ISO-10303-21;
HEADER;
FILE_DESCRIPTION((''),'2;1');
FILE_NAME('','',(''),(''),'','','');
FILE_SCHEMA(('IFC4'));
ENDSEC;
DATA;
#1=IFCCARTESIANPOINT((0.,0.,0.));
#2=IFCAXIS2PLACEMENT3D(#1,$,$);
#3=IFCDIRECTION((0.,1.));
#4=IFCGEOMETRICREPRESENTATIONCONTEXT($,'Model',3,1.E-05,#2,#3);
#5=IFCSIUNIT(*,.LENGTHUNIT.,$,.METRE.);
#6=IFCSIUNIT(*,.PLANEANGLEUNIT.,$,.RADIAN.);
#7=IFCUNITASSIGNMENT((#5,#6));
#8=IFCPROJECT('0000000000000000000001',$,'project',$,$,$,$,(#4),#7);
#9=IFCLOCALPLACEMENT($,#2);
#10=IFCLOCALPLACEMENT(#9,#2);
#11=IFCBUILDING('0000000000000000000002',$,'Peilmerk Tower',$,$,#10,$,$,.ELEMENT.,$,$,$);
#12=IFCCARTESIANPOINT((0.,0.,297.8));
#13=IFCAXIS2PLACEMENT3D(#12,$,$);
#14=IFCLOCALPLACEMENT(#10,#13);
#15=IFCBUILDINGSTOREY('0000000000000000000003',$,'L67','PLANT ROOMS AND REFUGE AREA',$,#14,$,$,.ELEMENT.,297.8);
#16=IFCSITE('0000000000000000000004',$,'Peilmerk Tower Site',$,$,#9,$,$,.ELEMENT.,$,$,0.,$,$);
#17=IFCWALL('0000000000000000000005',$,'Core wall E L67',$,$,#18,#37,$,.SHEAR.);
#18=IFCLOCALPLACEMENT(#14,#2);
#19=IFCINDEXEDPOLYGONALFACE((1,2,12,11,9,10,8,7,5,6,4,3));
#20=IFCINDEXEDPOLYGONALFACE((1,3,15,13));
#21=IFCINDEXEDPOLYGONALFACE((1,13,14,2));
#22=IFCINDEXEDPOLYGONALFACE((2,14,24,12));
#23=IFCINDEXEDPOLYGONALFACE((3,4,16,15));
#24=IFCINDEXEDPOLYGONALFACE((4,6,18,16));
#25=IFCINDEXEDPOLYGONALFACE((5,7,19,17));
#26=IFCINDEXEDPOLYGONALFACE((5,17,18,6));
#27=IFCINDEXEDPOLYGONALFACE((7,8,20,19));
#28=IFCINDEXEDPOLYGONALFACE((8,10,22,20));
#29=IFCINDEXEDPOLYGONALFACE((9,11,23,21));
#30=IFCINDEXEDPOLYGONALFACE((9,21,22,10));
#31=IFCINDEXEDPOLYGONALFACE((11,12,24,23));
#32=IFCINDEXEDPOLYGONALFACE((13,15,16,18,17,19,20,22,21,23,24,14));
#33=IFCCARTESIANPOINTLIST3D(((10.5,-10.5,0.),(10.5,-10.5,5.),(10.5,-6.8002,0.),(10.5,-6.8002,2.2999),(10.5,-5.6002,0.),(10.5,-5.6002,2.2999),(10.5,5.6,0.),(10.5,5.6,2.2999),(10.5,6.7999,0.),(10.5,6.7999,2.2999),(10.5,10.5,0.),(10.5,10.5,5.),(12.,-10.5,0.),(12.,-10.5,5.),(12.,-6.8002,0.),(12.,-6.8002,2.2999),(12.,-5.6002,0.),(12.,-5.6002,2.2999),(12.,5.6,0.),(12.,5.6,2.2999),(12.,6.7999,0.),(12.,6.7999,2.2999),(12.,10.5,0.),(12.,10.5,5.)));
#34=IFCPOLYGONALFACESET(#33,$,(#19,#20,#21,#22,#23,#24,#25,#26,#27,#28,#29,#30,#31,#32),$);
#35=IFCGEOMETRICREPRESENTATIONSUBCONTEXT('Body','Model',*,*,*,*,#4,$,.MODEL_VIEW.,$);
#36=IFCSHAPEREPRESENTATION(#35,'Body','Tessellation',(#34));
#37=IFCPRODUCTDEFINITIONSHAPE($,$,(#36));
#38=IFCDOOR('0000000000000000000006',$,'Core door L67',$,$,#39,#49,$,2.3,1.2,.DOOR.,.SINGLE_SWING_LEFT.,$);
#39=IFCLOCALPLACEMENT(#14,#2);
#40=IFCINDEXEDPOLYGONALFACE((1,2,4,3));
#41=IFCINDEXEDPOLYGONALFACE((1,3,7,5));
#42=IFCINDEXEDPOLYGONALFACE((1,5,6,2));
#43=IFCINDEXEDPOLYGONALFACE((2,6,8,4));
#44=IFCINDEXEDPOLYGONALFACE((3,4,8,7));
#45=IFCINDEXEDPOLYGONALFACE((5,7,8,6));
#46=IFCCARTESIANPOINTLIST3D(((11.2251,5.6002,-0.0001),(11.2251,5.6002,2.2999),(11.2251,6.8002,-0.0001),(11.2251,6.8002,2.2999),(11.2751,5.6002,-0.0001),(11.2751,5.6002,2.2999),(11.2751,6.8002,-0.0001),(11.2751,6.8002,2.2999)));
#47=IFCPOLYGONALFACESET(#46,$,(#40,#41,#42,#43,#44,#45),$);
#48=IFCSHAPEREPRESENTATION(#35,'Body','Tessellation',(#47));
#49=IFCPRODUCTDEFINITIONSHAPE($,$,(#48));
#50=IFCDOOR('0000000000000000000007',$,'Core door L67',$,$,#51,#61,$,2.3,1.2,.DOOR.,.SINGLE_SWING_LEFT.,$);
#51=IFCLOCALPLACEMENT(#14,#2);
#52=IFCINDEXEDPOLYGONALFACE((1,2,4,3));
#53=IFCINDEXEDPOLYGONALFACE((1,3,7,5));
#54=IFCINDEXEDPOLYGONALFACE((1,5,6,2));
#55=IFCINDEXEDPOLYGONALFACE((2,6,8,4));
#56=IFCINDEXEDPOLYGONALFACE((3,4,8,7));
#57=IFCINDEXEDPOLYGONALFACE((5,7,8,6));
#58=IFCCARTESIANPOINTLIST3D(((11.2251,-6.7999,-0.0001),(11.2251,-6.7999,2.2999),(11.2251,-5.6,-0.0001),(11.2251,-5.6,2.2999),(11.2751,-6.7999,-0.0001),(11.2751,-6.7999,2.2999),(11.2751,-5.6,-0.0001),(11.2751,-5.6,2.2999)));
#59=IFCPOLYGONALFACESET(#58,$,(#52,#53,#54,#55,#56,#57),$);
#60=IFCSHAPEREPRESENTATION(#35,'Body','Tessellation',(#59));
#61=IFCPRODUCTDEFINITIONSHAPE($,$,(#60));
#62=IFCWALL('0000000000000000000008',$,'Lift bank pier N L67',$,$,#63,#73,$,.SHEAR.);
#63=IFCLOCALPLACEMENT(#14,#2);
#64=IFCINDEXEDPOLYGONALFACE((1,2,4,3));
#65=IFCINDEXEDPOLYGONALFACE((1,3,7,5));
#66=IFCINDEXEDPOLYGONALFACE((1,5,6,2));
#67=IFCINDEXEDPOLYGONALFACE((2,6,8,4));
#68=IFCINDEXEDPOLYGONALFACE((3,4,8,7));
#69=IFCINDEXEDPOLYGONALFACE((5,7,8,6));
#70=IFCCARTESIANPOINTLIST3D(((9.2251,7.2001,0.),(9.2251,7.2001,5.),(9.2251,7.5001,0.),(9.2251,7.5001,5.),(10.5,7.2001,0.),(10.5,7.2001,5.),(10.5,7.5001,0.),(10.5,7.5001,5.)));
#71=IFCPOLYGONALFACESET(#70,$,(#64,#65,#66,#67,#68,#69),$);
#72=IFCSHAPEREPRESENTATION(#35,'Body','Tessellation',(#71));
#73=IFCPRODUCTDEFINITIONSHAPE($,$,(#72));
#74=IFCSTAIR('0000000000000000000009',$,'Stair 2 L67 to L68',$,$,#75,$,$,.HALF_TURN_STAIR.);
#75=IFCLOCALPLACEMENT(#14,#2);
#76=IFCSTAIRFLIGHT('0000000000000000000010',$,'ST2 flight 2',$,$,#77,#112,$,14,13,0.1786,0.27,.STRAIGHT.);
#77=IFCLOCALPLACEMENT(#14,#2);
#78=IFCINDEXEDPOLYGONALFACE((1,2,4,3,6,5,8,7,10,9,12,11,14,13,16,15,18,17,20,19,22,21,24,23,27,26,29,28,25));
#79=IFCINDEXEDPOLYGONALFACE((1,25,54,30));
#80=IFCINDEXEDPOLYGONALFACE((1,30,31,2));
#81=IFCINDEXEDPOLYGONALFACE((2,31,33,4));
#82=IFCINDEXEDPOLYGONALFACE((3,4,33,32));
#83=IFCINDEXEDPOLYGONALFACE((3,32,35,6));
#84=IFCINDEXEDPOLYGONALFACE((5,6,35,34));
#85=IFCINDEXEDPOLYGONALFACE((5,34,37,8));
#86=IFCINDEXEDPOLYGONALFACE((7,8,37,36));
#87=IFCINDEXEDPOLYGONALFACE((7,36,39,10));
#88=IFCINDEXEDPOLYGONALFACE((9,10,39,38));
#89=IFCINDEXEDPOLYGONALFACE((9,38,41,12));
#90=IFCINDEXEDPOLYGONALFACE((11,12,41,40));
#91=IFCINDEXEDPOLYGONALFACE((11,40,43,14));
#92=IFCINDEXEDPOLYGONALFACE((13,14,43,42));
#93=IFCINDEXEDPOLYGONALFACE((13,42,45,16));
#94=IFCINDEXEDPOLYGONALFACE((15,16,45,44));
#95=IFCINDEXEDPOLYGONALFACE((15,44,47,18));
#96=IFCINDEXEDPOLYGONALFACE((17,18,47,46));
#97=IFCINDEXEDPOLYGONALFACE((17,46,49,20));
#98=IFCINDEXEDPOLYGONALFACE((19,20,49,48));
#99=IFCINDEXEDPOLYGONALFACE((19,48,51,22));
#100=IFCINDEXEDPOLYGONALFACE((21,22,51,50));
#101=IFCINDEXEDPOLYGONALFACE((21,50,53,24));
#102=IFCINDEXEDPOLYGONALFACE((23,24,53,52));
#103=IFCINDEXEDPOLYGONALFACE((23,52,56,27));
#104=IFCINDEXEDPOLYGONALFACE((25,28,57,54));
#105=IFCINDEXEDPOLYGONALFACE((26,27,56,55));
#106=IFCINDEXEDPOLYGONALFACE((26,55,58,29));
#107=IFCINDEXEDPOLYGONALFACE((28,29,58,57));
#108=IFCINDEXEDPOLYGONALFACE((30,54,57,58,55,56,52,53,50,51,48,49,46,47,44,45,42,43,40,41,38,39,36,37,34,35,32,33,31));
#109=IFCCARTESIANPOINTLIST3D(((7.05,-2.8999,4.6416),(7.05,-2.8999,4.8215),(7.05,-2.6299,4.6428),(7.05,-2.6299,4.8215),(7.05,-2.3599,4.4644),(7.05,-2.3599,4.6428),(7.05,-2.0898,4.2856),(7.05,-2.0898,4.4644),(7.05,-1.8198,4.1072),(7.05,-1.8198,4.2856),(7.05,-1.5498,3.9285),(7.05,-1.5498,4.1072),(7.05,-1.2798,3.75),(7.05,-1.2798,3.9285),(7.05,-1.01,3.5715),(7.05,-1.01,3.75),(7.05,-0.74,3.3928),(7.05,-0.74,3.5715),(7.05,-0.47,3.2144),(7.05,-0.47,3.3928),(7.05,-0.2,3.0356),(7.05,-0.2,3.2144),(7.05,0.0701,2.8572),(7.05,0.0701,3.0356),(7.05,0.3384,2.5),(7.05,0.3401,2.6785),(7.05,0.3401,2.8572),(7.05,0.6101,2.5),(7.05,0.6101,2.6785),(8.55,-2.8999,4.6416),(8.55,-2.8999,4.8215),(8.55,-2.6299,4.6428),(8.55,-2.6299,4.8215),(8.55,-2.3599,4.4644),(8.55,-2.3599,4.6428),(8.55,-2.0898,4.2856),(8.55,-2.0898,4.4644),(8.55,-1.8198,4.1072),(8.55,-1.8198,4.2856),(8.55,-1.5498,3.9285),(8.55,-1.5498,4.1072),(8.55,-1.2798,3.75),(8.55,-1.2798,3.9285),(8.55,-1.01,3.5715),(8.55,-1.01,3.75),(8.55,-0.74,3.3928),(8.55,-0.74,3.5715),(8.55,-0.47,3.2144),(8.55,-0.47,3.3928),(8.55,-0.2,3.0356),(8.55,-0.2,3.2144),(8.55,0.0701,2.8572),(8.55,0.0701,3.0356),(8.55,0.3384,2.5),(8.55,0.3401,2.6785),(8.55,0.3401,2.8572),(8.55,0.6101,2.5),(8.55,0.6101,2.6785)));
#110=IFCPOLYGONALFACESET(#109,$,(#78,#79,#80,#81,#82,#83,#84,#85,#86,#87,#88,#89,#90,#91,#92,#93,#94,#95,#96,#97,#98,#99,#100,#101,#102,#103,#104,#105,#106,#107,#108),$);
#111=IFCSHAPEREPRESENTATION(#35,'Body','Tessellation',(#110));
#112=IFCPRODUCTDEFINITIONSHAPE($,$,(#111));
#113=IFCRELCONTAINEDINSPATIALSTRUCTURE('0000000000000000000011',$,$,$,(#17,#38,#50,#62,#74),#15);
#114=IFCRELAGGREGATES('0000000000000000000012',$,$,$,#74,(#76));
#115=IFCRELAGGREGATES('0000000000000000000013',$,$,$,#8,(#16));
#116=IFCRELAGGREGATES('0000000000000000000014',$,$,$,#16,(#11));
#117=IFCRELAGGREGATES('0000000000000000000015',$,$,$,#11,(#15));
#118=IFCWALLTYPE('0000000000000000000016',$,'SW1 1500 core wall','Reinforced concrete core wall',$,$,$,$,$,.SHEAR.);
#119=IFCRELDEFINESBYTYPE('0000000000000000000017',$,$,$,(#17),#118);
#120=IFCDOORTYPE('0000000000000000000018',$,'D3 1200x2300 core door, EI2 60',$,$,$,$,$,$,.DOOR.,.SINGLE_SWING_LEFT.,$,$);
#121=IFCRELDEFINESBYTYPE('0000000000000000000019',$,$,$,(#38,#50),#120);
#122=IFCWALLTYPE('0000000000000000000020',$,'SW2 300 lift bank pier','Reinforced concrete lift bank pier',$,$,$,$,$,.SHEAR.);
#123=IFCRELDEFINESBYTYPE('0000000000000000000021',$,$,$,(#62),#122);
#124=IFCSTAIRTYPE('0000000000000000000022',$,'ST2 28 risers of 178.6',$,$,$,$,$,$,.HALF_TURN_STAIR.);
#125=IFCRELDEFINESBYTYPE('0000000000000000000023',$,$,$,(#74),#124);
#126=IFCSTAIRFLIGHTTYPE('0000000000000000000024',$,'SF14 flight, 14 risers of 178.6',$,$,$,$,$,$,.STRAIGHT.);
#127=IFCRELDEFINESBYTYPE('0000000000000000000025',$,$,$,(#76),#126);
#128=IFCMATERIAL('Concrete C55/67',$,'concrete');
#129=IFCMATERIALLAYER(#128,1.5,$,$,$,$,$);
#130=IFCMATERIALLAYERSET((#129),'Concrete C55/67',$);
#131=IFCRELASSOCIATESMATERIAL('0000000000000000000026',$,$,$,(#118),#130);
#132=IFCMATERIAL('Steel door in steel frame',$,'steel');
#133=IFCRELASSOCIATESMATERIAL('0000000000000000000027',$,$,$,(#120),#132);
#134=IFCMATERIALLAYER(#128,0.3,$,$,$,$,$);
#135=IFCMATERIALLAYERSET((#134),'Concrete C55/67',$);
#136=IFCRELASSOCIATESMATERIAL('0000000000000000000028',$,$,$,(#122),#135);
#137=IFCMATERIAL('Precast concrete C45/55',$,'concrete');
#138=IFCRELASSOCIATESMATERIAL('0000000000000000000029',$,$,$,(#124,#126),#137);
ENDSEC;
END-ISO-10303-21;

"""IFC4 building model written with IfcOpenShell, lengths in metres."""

from ifc_helpers import new_model, si_unit, direction, frame, frame_2d, origin, place, context, subcontext, project, spatial, polyline, rectangle, outline, extrude, material, layer, layer_set, type_object, element, fill, aggregate, save


model = new_model("IFC4")

# Units and contexts
model_context = context("Model", 3, precision=1e-05, world=origin(), true_north=direction((0.0, 1.0)))
body_context = subcontext(model_context, "Body", "Model", "MODEL_VIEW")
ifc_project = project(units=[si_unit("LENGTHUNIT", "METRE"), si_unit("PLANEANGLEUNIT", "RADIAN")], contexts=[model_context])

# Site, building, storey
site_placement = place(None, origin())
site = spatial("IfcSite", under=ifc_project, at=site_placement, Name="Peilmerk Tower Site", CompositionType="ELEMENT", RefElevation=0.0)
building_placement = place(site_placement, origin())
building = spatial("IfcBuilding", under=site, at=building_placement, Name="Peilmerk Tower", CompositionType="ELEMENT")
storey_placement = place(building_placement, frame((0.0, 0.0, 297.8)))
storey = spatial("IfcBuildingStorey", under=building, at=storey_placement, Name="L67", Description="PLANT ROOMS AND REFUGE AREA", CompositionType="ELEMENT", Elevation=297.8)

# Wall, openings, doors
ifc_material_1 = material(Name="Concrete C55/67", Category="concrete")
ifc_layer_1 = layer(ifc_material_1, 1.5)
ifc_layer_set_1 = layer_set([ifc_layer_1], Name="Concrete C55/67")
wall_type_1 = type_object("IfcWallType", Name="SW1 1500 core wall", Description="Reinforced concrete core wall", PredefinedType="SHEAR", material=ifc_layer_set_1)
wall_1_placement = place(storey_placement, frame((11.25, 10.5, 0.0), z_axis=(0.0, 0.0, 1.0), x_axis=(0.0, -1.0, 0.0)))
wall_1 = element("IfcWall", 1, at=wall_1_placement, inside=storey, type_object=wall_type_1, Name="Core wall E L67", PredefinedType="SHEAR", context=body_context, shape_type="SweptSolid", body=[
    extrude(rectangle(XDim=21.0, YDim=1.5, at=frame_2d((10.5, 0.0))), origin(), (0.0, 0.0, 1.0), 5.0),
])
opening_1_placement = place(wall_1_placement, frame((3.7, 0.0, 0.0)))
opening_1 = element("IfcOpeningElement", 2, at=opening_1_placement, cuts=wall_1, PredefinedType="OPENING", context=body_context, shape_type="SweptSolid", body=[
    extrude(rectangle(XDim=1.2, YDim=2.3, at=frame_2d((0.6001, 1.1499))), frame((0.0, 0.76, 0.0), z_axis=(0.0, -1.0, 0.0), x_axis=(1.0, 0.0, 0.0)), (0.0, 0.0, 1.0), 1.52),
])
opening_2_placement = place(wall_1_placement, frame((16.1001, 0.0, 0.0)))
opening_2 = element("IfcOpeningElement", 3, at=opening_2_placement, cuts=wall_1, PredefinedType="OPENING", context=body_context, shape_type="SweptSolid", body=[
    extrude(rectangle(XDim=1.2, YDim=2.3, at=frame_2d((0.6001, 1.1499))), frame((0.0, 0.76, 0.0), z_axis=(0.0, -1.0, 0.0), x_axis=(1.0, 0.0, 0.0)), (0.0, 0.0, 1.0), 1.52),
])
ifc_material_2 = material(Name="Steel door in steel frame", Category="steel")
door_type = type_object("IfcDoorType", Name="D3 1200x2300 core door, EI2 60", OperationType="SINGLE_SWING_LEFT", PredefinedType="DOOR", material=ifc_material_2)
door_1_placement = place(opening_1_placement, frame((1.2, 0.0, 0.0), z_axis=(0.0, 0.0, 1.0), x_axis=(-1.0, 0.0, 0.0)))
door_1 = element("IfcDoor", 4, at=door_1_placement, inside=storey, type_object=door_type, Name="Core door L67", OperationType="SINGLE_SWING_LEFT", OverallHeight=2.3, OverallWidth=1.2, PredefinedType="DOOR", context=body_context, shape_type="SweptSolid", body=[
    extrude(rectangle(XDim=1.2, YDim=2.3, at=frame_2d((0.6001, 1.1499))), frame((0.0, 0.0249, 0.0), z_axis=(0.0, -1.0, 0.0), x_axis=(1.0, 0.0, 0.0)), (0.0, 0.0, 1.0), 0.05),
])
fill(opening_1, door_1)
door_2_placement = place(opening_2_placement, frame((1.2, 0.0, 0.0), z_axis=(0.0, 0.0, 1.0), x_axis=(-1.0, 0.0, 0.0)))
door_2 = element("IfcDoor", 5, at=door_2_placement, inside=storey, type_object=door_type, Name="Core door L67", OperationType="SINGLE_SWING_LEFT", OverallHeight=2.3, OverallWidth=1.2, PredefinedType="DOOR", context=body_context, shape_type="SweptSolid", body=[
    extrude(rectangle(XDim=1.2, YDim=2.3, at=frame_2d((0.6001, 1.1499))), frame((0.0, 0.0249, 0.0), z_axis=(0.0, -1.0, 0.0), x_axis=(1.0, 0.0, 0.0)), (0.0, 0.0, 1.0), 0.05),
])
fill(opening_2, door_2)

# Wall
ifc_layer_2 = layer(ifc_material_1, 0.3)
ifc_layer_set_2 = layer_set([ifc_layer_2], Name="Concrete C55/67")
wall_type_2 = type_object("IfcWallType", Name="SW2 300 lift bank pier", Description="Reinforced concrete lift bank pier", PredefinedType="SHEAR", material=ifc_layer_set_2)
wall_2_placement = place(storey_placement, frame((9.2251, 7.3501, 0.0), z_axis=(0.0, 0.0, 1.0), x_axis=(1.0, 0.0, 0.0)))
element("IfcWall", 6, at=wall_2_placement, inside=storey, type_object=wall_type_2, Name="Lift bank pier N L67", PredefinedType="SHEAR", context=body_context, shape_type="SweptSolid", body=[
    extrude(rectangle(XDim=1.2749, YDim=0.3, at=frame_2d((0.6375, 0.0))), origin(), (0.0, 0.0, 1.0), 5.0),
])

# Stair, stair flight
ifc_material_3 = material(Name="Precast concrete C45/55", Category="concrete")
stair_type = type_object("IfcStairType", Name="ST2 28 risers of 178.6", PredefinedType="HALF_TURN_STAIR", material=ifc_material_3)
stair_placement = place(storey_placement, origin())
stair = element("IfcStair", 7, at=stair_placement, inside=storey, type_object=stair_type, Name="Stair 2 L67 to L68", PredefinedType="HALF_TURN_STAIR")
stair_flight_type = type_object("IfcStairFlightType", Name="SF14 flight, 14 risers of 178.6", PredefinedType="STRAIGHT", material=ifc_material_3)
stair_flight_placement = place(storey_placement, frame((7.8, 0.6101, 2.5), z_axis=(0.0, 0.0, 1.0), x_axis=(0.0, -1.0, 0.0)))
stair_flight = element("IfcStairFlight", 8, at=stair_flight_placement, type_object=stair_flight_type, Name="ST2 flight 2", NumberOfRisers=14, NumberOfTreads=13, PredefinedType="STRAIGHT", RiserHeight=0.1786, TreadLength=0.27, context=body_context, shape_type="SweptSolid", body=[
    extrude(outline(polyline([(0.0, 0.0), (0.0, 0.1785), (0.27, 0.1785), (0.27, 0.3572), (0.54, 0.3572), (0.54, 0.5356), (0.8101, 0.5356), (0.8101, 0.7144), (1.0801, 0.7144), (1.0801, 0.8928), (1.3501, 0.8928), (1.3501, 1.0715), (1.6201, 1.0715), (1.6201, 1.25), (1.8899, 1.25), (1.8899, 1.4285), (2.1599, 1.4285), (2.1599, 1.6072), (2.4299, 1.6072), (2.4299, 1.7856), (2.7, 1.7856), (2.7, 1.9644), (2.97, 1.9644), (2.97, 2.1428), (3.24, 2.1428), (3.24, 2.3215), (3.51, 2.3215), (3.51, 2.5), (3.51, 2.1416), (0.2717, 0.0), (0.0, 0.0)])), frame((0.0, 0.75, 0.0), z_axis=(0.0, -1.0, 0.0), x_axis=(1.0, 0.0, 0.0)), (0.0, 0.0, 1.0), 1.5),
])
aggregate(stair, [stair_flight])

save(model, "model.ifc")
